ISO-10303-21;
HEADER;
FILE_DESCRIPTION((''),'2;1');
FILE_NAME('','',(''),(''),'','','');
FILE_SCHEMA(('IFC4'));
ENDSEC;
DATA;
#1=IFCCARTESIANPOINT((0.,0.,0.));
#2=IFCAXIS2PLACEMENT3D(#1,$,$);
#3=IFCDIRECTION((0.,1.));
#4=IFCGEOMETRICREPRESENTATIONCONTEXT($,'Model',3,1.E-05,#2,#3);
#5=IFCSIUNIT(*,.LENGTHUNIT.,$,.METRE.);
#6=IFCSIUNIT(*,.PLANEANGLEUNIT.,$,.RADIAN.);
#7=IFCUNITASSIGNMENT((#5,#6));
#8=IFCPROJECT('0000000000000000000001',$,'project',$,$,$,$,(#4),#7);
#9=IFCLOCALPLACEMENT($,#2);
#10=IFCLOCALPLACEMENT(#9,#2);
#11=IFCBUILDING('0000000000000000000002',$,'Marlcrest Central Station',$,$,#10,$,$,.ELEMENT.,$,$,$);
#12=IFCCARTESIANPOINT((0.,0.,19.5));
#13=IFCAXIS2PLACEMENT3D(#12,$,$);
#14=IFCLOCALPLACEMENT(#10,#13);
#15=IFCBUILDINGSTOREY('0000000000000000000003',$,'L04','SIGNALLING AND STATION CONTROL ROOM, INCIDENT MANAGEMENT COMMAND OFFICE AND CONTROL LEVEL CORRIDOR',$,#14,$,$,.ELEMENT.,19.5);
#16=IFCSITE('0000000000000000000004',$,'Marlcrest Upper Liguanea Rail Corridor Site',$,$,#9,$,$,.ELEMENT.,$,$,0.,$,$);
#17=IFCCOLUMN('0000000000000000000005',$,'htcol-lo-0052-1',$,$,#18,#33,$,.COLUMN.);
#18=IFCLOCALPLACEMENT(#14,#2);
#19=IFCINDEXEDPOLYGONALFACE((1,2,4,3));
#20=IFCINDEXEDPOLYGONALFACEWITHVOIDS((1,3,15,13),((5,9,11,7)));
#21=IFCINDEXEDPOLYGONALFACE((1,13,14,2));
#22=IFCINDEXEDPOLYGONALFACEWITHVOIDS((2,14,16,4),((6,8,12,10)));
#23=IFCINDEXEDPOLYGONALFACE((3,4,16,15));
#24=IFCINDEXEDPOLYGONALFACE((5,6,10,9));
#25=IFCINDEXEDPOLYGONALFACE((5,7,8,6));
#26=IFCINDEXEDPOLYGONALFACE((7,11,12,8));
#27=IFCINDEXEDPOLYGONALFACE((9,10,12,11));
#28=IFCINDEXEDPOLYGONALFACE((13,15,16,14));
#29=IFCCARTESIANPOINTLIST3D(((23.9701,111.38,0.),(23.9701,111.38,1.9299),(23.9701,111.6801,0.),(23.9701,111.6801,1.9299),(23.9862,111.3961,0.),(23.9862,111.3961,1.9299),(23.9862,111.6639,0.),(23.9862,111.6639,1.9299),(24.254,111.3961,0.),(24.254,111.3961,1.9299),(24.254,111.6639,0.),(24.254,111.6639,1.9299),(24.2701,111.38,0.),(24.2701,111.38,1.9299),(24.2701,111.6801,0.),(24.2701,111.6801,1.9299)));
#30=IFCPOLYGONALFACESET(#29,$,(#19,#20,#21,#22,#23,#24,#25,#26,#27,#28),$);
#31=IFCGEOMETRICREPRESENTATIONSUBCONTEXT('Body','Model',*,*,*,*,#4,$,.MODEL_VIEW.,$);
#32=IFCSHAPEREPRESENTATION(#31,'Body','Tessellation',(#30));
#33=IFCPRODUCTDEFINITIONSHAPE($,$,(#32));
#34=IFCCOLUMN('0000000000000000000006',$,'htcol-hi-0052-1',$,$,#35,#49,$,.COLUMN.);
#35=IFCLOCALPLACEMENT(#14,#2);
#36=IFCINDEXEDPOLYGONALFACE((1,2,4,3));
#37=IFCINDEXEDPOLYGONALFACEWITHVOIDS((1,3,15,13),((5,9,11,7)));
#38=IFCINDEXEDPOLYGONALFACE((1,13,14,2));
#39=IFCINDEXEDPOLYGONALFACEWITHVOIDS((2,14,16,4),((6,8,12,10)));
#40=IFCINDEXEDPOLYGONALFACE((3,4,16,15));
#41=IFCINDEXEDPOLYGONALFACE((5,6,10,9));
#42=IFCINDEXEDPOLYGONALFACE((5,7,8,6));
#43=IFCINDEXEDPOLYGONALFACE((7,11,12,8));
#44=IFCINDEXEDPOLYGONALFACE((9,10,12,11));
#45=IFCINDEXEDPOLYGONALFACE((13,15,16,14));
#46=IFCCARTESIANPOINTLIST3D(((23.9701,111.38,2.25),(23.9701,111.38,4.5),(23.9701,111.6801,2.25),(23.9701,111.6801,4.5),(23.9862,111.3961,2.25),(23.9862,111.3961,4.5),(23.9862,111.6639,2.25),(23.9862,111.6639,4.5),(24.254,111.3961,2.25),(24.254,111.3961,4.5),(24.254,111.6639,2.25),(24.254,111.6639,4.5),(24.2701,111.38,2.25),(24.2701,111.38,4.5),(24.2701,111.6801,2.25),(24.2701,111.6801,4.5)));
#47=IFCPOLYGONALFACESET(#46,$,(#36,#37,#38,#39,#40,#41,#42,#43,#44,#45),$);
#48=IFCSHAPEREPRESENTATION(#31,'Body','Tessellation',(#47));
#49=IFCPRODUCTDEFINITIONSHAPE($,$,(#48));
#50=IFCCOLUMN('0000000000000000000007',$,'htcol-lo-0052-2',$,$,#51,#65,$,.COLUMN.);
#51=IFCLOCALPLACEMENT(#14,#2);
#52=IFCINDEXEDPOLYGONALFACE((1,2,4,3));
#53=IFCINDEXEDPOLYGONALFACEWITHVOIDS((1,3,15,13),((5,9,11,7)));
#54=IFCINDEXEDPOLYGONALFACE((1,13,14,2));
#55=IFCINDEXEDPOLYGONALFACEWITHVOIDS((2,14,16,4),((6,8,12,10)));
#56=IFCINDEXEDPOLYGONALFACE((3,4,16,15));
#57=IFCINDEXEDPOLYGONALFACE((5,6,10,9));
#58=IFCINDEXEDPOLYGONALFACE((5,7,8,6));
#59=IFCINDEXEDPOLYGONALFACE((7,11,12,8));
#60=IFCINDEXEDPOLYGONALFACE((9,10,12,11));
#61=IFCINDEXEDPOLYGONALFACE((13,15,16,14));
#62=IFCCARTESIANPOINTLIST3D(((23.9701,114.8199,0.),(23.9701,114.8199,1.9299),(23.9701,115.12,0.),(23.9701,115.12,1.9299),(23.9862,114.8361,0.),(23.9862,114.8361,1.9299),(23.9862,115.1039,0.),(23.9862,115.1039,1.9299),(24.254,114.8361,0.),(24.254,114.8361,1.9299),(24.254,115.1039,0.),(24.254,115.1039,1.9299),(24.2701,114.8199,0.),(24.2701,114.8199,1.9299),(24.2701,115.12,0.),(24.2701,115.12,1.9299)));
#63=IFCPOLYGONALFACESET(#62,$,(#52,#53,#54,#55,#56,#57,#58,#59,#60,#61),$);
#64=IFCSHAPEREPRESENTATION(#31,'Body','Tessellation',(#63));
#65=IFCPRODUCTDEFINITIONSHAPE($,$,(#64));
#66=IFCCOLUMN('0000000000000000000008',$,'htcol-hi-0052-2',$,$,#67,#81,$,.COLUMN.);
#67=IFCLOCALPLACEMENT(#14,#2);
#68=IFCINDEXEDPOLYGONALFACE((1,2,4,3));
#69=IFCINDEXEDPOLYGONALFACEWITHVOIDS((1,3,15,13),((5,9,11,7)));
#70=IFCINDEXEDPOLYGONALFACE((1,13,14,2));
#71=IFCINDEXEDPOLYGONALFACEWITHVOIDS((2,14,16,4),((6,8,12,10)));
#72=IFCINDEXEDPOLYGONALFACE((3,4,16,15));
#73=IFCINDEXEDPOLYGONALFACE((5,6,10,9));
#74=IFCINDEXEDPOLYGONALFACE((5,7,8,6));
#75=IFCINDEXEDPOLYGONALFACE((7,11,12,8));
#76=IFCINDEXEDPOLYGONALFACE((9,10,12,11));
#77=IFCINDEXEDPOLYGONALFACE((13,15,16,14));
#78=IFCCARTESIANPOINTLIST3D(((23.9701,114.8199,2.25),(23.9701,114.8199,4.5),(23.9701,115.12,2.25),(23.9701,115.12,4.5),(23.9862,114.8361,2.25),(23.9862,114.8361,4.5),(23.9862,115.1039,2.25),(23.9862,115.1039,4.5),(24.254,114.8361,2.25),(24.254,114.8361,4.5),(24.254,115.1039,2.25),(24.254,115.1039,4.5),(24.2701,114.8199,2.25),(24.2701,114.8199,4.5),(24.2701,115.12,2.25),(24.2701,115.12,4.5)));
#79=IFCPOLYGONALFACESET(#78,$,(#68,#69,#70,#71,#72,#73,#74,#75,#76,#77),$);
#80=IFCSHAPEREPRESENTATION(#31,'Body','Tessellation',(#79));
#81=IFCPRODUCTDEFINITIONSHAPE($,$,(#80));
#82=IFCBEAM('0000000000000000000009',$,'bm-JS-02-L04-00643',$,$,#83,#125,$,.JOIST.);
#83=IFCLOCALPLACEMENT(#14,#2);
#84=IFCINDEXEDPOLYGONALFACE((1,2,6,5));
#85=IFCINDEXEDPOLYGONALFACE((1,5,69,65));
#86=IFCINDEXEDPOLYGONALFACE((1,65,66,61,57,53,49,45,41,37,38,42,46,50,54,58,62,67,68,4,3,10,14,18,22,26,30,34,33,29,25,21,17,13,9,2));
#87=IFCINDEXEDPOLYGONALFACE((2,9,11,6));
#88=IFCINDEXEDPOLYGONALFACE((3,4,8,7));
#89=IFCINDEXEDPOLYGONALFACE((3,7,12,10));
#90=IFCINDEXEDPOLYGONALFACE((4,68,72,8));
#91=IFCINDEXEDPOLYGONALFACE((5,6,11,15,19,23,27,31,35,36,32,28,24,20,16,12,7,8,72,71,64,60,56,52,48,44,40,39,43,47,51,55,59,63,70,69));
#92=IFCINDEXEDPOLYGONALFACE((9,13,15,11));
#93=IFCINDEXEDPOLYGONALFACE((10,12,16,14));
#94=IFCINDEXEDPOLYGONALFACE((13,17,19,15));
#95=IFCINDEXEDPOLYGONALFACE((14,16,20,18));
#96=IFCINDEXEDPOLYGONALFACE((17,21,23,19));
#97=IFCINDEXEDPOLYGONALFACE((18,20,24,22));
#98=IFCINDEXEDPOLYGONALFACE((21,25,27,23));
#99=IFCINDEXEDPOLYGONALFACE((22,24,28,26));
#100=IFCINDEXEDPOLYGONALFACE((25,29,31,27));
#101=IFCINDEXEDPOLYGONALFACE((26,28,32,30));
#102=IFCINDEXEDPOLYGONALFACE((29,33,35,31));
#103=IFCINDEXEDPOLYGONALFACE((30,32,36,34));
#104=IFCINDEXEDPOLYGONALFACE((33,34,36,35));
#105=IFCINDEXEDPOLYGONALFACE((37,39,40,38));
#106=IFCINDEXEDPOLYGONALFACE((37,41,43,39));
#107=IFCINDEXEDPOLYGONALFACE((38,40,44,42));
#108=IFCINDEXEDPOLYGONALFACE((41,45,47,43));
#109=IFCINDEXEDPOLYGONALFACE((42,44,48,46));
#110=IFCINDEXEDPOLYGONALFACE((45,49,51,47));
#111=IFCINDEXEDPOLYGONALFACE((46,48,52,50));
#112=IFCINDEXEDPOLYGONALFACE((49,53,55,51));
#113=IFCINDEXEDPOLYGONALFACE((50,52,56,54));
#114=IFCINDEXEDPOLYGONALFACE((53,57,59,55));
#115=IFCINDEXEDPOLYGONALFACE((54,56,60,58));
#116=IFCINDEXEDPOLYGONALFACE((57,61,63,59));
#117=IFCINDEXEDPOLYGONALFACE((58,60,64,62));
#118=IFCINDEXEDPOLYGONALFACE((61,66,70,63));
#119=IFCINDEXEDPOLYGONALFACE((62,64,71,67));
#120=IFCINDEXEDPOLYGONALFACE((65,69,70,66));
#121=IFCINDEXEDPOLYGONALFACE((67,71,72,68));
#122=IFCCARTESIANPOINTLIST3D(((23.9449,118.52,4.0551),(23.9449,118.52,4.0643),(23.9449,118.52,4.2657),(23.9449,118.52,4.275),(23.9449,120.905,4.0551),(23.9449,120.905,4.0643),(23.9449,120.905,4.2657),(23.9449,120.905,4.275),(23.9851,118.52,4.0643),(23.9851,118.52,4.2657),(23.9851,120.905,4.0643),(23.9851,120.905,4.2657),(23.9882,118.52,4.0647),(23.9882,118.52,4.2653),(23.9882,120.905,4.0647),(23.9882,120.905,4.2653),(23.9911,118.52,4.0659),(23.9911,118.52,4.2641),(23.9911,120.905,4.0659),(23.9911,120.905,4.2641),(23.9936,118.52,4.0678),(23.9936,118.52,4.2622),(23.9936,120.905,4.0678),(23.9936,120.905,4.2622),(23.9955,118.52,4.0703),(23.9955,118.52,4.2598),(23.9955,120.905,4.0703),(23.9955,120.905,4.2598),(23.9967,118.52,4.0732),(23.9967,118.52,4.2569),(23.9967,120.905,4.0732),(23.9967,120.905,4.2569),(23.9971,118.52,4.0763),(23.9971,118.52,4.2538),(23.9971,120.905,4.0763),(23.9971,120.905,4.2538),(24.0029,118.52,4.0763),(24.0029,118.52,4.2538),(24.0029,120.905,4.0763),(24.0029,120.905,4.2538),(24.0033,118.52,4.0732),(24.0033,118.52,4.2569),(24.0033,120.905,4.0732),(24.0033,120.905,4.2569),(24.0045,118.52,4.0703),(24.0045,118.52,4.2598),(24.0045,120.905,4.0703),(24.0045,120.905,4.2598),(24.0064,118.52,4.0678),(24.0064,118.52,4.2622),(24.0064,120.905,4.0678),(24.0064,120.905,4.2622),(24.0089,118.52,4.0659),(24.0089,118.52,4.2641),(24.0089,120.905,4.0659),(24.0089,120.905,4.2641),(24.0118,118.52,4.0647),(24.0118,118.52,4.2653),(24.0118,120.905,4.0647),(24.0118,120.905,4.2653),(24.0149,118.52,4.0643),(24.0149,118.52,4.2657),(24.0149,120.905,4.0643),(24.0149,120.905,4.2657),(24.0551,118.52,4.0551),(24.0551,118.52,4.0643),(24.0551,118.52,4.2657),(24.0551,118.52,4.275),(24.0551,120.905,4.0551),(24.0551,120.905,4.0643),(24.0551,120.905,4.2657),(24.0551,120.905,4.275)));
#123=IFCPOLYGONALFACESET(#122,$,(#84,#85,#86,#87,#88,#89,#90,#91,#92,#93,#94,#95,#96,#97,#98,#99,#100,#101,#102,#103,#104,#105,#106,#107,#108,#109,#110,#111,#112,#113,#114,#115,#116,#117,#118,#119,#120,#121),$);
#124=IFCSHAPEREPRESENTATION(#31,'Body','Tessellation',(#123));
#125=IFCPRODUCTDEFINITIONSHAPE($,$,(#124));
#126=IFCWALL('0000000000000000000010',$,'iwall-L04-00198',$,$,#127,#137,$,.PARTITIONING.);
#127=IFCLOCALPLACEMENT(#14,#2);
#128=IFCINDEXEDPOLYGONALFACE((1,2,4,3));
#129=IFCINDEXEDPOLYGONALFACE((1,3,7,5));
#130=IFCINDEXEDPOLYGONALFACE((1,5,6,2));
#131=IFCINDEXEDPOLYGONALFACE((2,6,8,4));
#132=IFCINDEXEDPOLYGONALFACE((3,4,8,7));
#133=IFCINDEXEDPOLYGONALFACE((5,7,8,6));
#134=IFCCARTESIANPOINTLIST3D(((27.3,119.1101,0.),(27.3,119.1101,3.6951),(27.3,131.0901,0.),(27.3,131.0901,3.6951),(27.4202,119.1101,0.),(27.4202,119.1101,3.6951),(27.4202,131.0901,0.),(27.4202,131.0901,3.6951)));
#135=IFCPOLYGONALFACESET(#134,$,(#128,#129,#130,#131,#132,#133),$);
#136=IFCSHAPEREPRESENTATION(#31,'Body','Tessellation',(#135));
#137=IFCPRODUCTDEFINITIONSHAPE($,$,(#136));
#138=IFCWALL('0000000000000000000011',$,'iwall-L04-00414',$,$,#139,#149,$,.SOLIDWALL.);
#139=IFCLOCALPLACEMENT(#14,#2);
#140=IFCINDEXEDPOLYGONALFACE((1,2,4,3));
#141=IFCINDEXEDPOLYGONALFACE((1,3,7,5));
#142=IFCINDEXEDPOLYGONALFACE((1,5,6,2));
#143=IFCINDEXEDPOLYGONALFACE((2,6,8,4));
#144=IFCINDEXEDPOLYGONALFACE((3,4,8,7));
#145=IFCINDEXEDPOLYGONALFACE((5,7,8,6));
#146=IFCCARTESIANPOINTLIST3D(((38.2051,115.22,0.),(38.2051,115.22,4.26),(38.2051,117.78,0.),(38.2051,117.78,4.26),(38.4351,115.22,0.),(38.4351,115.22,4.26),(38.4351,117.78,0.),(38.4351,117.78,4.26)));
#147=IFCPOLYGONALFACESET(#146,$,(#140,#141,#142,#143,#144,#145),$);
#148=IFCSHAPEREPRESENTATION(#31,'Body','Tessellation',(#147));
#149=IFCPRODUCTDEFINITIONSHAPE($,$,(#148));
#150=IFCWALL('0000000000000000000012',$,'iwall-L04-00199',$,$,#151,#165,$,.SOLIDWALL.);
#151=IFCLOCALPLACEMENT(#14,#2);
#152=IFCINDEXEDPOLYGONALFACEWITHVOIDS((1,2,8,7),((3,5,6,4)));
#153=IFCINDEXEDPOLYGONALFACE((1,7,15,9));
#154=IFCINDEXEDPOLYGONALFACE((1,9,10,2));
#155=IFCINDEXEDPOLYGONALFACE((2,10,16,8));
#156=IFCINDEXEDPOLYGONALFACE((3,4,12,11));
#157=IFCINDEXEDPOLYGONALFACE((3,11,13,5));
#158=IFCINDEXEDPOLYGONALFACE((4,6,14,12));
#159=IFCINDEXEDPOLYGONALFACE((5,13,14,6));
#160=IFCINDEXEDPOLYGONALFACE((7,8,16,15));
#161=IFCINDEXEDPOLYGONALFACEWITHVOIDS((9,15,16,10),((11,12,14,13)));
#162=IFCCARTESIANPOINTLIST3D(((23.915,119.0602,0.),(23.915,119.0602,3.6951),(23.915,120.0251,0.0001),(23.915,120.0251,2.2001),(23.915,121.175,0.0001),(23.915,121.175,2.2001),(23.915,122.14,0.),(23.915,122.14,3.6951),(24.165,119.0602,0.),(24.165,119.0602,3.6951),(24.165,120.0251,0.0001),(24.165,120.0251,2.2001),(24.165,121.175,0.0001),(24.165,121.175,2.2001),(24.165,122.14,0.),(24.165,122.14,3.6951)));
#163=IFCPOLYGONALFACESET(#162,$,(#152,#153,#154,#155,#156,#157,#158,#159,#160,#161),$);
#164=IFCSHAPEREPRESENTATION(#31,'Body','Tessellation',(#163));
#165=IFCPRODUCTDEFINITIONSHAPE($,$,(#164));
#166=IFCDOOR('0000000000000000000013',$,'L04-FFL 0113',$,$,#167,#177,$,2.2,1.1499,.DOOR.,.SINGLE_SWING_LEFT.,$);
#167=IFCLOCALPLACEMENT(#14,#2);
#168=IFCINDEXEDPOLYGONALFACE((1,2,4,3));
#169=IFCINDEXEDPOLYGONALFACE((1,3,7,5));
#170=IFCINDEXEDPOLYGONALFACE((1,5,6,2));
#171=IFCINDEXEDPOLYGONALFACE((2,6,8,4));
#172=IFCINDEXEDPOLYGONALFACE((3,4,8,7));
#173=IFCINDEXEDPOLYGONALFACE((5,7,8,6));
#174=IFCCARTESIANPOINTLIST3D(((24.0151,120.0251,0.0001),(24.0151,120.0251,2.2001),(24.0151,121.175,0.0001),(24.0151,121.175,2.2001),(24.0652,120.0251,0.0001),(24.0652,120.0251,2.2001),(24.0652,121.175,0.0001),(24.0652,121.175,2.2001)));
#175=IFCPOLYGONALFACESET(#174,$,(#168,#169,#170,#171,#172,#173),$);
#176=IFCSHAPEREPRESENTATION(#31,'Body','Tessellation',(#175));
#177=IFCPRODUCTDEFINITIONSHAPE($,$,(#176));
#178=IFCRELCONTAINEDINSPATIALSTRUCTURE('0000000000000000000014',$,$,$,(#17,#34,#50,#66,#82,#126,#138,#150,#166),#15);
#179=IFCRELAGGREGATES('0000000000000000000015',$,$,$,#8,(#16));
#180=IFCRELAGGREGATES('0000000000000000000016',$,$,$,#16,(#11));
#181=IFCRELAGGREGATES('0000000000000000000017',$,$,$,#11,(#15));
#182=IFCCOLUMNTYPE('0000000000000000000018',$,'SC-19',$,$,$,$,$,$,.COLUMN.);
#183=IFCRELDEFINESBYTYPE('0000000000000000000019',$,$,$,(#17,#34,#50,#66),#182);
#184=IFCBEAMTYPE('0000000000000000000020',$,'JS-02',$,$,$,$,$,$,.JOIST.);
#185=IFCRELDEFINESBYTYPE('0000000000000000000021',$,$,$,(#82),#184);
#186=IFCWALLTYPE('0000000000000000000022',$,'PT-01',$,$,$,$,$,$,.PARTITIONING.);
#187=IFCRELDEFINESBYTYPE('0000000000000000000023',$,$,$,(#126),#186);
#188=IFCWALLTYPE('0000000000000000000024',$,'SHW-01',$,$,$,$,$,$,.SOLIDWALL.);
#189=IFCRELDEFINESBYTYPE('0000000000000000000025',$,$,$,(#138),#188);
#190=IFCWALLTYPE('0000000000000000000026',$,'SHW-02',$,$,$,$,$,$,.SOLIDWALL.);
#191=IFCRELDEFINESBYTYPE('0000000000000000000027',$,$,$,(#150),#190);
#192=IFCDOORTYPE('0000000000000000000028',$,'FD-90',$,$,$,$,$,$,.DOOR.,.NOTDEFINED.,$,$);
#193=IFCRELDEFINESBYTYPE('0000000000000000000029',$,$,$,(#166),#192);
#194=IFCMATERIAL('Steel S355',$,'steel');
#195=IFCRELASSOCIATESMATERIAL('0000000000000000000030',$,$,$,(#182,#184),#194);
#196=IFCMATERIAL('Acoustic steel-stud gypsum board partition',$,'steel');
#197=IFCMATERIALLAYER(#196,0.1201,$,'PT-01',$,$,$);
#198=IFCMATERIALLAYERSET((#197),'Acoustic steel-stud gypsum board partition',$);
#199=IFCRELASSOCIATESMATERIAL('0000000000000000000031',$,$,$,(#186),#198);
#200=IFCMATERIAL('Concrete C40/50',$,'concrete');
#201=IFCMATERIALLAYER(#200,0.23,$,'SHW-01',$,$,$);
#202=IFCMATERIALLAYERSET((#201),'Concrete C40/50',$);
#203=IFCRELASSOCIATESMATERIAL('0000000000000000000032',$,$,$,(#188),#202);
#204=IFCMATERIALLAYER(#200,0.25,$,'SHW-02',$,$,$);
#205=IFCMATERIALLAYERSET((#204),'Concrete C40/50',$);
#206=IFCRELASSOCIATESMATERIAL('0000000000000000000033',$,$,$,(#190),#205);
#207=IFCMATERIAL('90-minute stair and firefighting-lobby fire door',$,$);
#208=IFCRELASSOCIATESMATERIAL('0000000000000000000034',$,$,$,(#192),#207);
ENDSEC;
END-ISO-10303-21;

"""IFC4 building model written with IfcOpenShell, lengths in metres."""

from ifc_helpers import new_model, si_unit, direction, frame, frame_2d, origin, origin_2d, place, context, subcontext, project, spatial, rectangle, hollow_rectangle, i_section, extrude, material, layer, layer_set, material_profile, profile_set, type_object, element, fill, save


model = new_model("IFC4")

# Units and contexts
model_context = context("Model", 3, precision=1e-05, world=origin(), true_north=direction((0.0, 1.0)))
body_context = subcontext(model_context, "Body", "Model", "MODEL_VIEW")
ifc_project = project(units=[si_unit("LENGTHUNIT", "METRE"), si_unit("PLANEANGLEUNIT", "RADIAN")], contexts=[model_context])

# Site, building, storey
site_placement = place(None, origin())
site = spatial("IfcSite", under=ifc_project, at=site_placement, Name="Marlcrest Upper Liguanea Rail Corridor Site", CompositionType="ELEMENT", RefElevation=0.0)
building_placement = place(site_placement, origin())
building = spatial("IfcBuilding", under=site, at=building_placement, Name="Marlcrest Central Station", CompositionType="ELEMENT")
storey_placement = place(building_placement, frame((0.0, 0.0, 19.5)))
storey = spatial("IfcBuildingStorey", under=building, at=storey_placement, Name="L04", Description="SIGNALLING AND STATION CONTROL ROOM, INCIDENT MANAGEMENT COMMAND OFFICE AND CONTROL LEVEL CORRIDOR", CompositionType="ELEMENT", Elevation=19.5)

# Columns
ifc_material_1 = material(Name="Steel S355", Category="steel")
ifc_material_profile_1 = material_profile(ifc_material_1, hollow_rectangle(XDim=0.3, YDim=0.3, WallThickness=0.0161, at=origin_2d()), Name="SHS 300x300x16")
ifc_profile_set_1 = profile_set([ifc_material_profile_1], Name="Steel S355")
column_type = type_object("IfcColumnType", Name="SC-19", PredefinedType="COLUMN", material=ifc_profile_set_1)
column_1_placement = place(storey_placement, frame((24.1201, 111.53, 0.0), z_axis=(0.0, 0.0, 1.0), x_axis=(1.0, 0.0, 0.0)))
element("IfcColumn", 1, at=column_1_placement, inside=storey, type_object=column_type, Name="htcol-lo-0052-1", PredefinedType="COLUMN", context=body_context, shape_type="SweptSolid", body=[
    extrude(hollow_rectangle(XDim=0.3, YDim=0.3, WallThickness=0.0161, at=origin_2d()), origin(), (0.0, 0.0, 1.0), 1.9299),
])
column_2_placement = place(storey_placement, frame((24.1201, 111.53, 2.25), z_axis=(0.0, 0.0, 1.0), x_axis=(1.0, 0.0, 0.0)))
element("IfcColumn", 2, at=column_2_placement, inside=storey, type_object=column_type, Name="htcol-hi-0052-1", PredefinedType="COLUMN", context=body_context, shape_type="SweptSolid", body=[
    extrude(hollow_rectangle(XDim=0.3, YDim=0.3, WallThickness=0.0161, at=origin_2d()), origin(), (0.0, 0.0, 1.0), 2.25),
])
column_3_placement = place(storey_placement, frame((24.1201, 114.97, 0.0), z_axis=(0.0, 0.0, 1.0), x_axis=(1.0, 0.0, 0.0)))
element("IfcColumn", 3, at=column_3_placement, inside=storey, type_object=column_type, Name="htcol-lo-0052-2", PredefinedType="COLUMN", context=body_context, shape_type="SweptSolid", body=[
    extrude(hollow_rectangle(XDim=0.3, YDim=0.3, WallThickness=0.0161, at=origin_2d()), origin(), (0.0, 0.0, 1.0), 1.9299),
])
column_4_placement = place(storey_placement, frame((24.1201, 114.97, 2.25), z_axis=(0.0, 0.0, 1.0), x_axis=(1.0, 0.0, 0.0)))
element("IfcColumn", 4, at=column_4_placement, inside=storey, type_object=column_type, Name="htcol-hi-0052-2", PredefinedType="COLUMN", context=body_context, shape_type="SweptSolid", body=[
    extrude(hollow_rectangle(XDim=0.3, YDim=0.3, WallThickness=0.0161, at=origin_2d()), origin(), (0.0, 0.0, 1.0), 2.25),
])

# Beam
ifc_material_profile_2 = material_profile(ifc_material_1, i_section(OverallWidth=0.1101, OverallDepth=0.22, WebThickness=0.0059, FlangeThickness=0.0093, FilletRadius=0.012, at=origin_2d()), Name="IPE 220")
ifc_profile_set_2 = profile_set([ifc_material_profile_2], Name="Steel S355")
beam_type = type_object("IfcBeamType", Name="JS-02", PredefinedType="JOIST", material=ifc_profile_set_2)
beam_placement = place(storey_placement, frame((24.0, 118.52, 4.165), z_axis=(0.0, 1.0, 0.0), x_axis=(-1.0, 0.0, 0.0)))
element("IfcBeam", 5, at=beam_placement, inside=storey, type_object=beam_type, Name="bm-JS-02-L04-00643", PredefinedType="JOIST", context=body_context, shape_type="SweptSolid", body=[
    extrude(i_section(OverallWidth=0.1101, OverallDepth=0.22, WebThickness=0.0059, FlangeThickness=0.0093, FilletRadius=0.012, at=origin_2d()), origin(), (0.0, 0.0, 1.0), 2.385),
])

# Walls
ifc_material_2 = material(Name="Acoustic steel-stud gypsum board partition", Category="steel")
ifc_layer_1 = layer(ifc_material_2, 0.1201, Name="PT-01")
ifc_layer_set_1 = layer_set([ifc_layer_1], Name="Acoustic steel-stud gypsum board partition")
wall_type_1 = type_object("IfcWallType", Name="PT-01", PredefinedType="PARTITIONING", material=ifc_layer_set_1)
wall_1_placement = place(storey_placement, frame((27.3601, 119.1101, 0.0), z_axis=(0.0, 0.0, 1.0), x_axis=(0.0, 1.0, 0.0)))
element("IfcWall", 6, at=wall_1_placement, inside=storey, type_object=wall_type_1, Name="iwall-L04-00198", PredefinedType="PARTITIONING", context=body_context, shape_type="SweptSolid", body=[
    extrude(rectangle(XDim=11.98, YDim=0.1201, at=frame_2d((5.99, 0.0))), origin(), (0.0, 0.0, 1.0), 3.6951),
])
ifc_material_3 = material(Name="Concrete C40/50", Category="concrete")
ifc_layer_2 = layer(ifc_material_3, 0.23, Name="SHW-01")
ifc_layer_set_2 = layer_set([ifc_layer_2], Name="Concrete C40/50")
wall_type_2 = type_object("IfcWallType", Name="SHW-01", PredefinedType="SOLIDWALL", material=ifc_layer_set_2)
wall_2_placement = place(storey_placement, frame((38.3201, 115.22, 0.0), z_axis=(0.0, 0.0, 1.0), x_axis=(0.0, 1.0, 0.0)))
element("IfcWall", 7, at=wall_2_placement, inside=storey, type_object=wall_type_2, Name="iwall-L04-00414", PredefinedType="SOLIDWALL", context=body_context, shape_type="SweptSolid", body=[
    extrude(rectangle(XDim=2.5601, YDim=0.23, at=frame_2d((1.28, 0.0))), origin(), (0.0, 0.0, 1.0), 4.26),
])

# Wall, opening, door
ifc_layer_3 = layer(ifc_material_3, 0.25, Name="SHW-02")
ifc_layer_set_3 = layer_set([ifc_layer_3], Name="Concrete C40/50")
wall_type_3 = type_object("IfcWallType", Name="SHW-02", PredefinedType="SOLIDWALL", material=ifc_layer_set_3)
wall_3_placement = place(storey_placement, frame((24.04, 119.0601, 0.0), z_axis=(0.0, 0.0, 1.0), x_axis=(0.0, 1.0, 0.0)))
wall_3 = element("IfcWall", 8, at=wall_3_placement, inside=storey, type_object=wall_type_3, Name="iwall-L04-00199", PredefinedType="SOLIDWALL", context=body_context, shape_type="SweptSolid", body=[
    extrude(rectangle(XDim=3.0798, YDim=0.25, at=frame_2d((1.54, 0.0))), origin(), (0.0, 0.0, 1.0), 3.6951),
])
opening_placement = place(wall_3_placement, frame((0.9651, 0.0, 0.0)))
opening = element("IfcOpeningElement", 9, at=opening_placement, cuts=wall_3, PredefinedType="OPENING", context=body_context, shape_type="SweptSolid", body=[
    extrude(rectangle(XDim=1.1499, YDim=2.2, at=frame_2d((0.575, 1.1001))), frame((0.0, 0.135, 0.0), z_axis=(0.0, -1.0, 0.0), x_axis=(1.0, 0.0, 0.0)), (0.0, 0.0, 1.0), 0.27),
])
ifc_material_4 = material(Name="90-minute stair and firefighting-lobby fire door")
door_type = type_object("IfcDoorType", Name="FD-90", OperationType="NOTDEFINED", PredefinedType="DOOR", material=ifc_material_4)
door_placement = place(opening_placement, origin())
door = element("IfcDoor", 10, at=door_placement, inside=storey, type_object=door_type, Name="L04-FFL 0113", OperationType="SINGLE_SWING_LEFT", OverallHeight=2.2, OverallWidth=1.1499, PredefinedType="DOOR", context=body_context, shape_type="SweptSolid", body=[
    extrude(rectangle(XDim=1.1499, YDim=2.2, at=frame_2d((0.575, 1.1001))), frame((0.0, 0.0249, 0.0), z_axis=(0.0, -1.0, 0.0), x_axis=(1.0, 0.0, 0.0)), (0.0, 0.0, 1.0), 0.05),
])
fill(opening, door)

save(model, "model.ifc")
